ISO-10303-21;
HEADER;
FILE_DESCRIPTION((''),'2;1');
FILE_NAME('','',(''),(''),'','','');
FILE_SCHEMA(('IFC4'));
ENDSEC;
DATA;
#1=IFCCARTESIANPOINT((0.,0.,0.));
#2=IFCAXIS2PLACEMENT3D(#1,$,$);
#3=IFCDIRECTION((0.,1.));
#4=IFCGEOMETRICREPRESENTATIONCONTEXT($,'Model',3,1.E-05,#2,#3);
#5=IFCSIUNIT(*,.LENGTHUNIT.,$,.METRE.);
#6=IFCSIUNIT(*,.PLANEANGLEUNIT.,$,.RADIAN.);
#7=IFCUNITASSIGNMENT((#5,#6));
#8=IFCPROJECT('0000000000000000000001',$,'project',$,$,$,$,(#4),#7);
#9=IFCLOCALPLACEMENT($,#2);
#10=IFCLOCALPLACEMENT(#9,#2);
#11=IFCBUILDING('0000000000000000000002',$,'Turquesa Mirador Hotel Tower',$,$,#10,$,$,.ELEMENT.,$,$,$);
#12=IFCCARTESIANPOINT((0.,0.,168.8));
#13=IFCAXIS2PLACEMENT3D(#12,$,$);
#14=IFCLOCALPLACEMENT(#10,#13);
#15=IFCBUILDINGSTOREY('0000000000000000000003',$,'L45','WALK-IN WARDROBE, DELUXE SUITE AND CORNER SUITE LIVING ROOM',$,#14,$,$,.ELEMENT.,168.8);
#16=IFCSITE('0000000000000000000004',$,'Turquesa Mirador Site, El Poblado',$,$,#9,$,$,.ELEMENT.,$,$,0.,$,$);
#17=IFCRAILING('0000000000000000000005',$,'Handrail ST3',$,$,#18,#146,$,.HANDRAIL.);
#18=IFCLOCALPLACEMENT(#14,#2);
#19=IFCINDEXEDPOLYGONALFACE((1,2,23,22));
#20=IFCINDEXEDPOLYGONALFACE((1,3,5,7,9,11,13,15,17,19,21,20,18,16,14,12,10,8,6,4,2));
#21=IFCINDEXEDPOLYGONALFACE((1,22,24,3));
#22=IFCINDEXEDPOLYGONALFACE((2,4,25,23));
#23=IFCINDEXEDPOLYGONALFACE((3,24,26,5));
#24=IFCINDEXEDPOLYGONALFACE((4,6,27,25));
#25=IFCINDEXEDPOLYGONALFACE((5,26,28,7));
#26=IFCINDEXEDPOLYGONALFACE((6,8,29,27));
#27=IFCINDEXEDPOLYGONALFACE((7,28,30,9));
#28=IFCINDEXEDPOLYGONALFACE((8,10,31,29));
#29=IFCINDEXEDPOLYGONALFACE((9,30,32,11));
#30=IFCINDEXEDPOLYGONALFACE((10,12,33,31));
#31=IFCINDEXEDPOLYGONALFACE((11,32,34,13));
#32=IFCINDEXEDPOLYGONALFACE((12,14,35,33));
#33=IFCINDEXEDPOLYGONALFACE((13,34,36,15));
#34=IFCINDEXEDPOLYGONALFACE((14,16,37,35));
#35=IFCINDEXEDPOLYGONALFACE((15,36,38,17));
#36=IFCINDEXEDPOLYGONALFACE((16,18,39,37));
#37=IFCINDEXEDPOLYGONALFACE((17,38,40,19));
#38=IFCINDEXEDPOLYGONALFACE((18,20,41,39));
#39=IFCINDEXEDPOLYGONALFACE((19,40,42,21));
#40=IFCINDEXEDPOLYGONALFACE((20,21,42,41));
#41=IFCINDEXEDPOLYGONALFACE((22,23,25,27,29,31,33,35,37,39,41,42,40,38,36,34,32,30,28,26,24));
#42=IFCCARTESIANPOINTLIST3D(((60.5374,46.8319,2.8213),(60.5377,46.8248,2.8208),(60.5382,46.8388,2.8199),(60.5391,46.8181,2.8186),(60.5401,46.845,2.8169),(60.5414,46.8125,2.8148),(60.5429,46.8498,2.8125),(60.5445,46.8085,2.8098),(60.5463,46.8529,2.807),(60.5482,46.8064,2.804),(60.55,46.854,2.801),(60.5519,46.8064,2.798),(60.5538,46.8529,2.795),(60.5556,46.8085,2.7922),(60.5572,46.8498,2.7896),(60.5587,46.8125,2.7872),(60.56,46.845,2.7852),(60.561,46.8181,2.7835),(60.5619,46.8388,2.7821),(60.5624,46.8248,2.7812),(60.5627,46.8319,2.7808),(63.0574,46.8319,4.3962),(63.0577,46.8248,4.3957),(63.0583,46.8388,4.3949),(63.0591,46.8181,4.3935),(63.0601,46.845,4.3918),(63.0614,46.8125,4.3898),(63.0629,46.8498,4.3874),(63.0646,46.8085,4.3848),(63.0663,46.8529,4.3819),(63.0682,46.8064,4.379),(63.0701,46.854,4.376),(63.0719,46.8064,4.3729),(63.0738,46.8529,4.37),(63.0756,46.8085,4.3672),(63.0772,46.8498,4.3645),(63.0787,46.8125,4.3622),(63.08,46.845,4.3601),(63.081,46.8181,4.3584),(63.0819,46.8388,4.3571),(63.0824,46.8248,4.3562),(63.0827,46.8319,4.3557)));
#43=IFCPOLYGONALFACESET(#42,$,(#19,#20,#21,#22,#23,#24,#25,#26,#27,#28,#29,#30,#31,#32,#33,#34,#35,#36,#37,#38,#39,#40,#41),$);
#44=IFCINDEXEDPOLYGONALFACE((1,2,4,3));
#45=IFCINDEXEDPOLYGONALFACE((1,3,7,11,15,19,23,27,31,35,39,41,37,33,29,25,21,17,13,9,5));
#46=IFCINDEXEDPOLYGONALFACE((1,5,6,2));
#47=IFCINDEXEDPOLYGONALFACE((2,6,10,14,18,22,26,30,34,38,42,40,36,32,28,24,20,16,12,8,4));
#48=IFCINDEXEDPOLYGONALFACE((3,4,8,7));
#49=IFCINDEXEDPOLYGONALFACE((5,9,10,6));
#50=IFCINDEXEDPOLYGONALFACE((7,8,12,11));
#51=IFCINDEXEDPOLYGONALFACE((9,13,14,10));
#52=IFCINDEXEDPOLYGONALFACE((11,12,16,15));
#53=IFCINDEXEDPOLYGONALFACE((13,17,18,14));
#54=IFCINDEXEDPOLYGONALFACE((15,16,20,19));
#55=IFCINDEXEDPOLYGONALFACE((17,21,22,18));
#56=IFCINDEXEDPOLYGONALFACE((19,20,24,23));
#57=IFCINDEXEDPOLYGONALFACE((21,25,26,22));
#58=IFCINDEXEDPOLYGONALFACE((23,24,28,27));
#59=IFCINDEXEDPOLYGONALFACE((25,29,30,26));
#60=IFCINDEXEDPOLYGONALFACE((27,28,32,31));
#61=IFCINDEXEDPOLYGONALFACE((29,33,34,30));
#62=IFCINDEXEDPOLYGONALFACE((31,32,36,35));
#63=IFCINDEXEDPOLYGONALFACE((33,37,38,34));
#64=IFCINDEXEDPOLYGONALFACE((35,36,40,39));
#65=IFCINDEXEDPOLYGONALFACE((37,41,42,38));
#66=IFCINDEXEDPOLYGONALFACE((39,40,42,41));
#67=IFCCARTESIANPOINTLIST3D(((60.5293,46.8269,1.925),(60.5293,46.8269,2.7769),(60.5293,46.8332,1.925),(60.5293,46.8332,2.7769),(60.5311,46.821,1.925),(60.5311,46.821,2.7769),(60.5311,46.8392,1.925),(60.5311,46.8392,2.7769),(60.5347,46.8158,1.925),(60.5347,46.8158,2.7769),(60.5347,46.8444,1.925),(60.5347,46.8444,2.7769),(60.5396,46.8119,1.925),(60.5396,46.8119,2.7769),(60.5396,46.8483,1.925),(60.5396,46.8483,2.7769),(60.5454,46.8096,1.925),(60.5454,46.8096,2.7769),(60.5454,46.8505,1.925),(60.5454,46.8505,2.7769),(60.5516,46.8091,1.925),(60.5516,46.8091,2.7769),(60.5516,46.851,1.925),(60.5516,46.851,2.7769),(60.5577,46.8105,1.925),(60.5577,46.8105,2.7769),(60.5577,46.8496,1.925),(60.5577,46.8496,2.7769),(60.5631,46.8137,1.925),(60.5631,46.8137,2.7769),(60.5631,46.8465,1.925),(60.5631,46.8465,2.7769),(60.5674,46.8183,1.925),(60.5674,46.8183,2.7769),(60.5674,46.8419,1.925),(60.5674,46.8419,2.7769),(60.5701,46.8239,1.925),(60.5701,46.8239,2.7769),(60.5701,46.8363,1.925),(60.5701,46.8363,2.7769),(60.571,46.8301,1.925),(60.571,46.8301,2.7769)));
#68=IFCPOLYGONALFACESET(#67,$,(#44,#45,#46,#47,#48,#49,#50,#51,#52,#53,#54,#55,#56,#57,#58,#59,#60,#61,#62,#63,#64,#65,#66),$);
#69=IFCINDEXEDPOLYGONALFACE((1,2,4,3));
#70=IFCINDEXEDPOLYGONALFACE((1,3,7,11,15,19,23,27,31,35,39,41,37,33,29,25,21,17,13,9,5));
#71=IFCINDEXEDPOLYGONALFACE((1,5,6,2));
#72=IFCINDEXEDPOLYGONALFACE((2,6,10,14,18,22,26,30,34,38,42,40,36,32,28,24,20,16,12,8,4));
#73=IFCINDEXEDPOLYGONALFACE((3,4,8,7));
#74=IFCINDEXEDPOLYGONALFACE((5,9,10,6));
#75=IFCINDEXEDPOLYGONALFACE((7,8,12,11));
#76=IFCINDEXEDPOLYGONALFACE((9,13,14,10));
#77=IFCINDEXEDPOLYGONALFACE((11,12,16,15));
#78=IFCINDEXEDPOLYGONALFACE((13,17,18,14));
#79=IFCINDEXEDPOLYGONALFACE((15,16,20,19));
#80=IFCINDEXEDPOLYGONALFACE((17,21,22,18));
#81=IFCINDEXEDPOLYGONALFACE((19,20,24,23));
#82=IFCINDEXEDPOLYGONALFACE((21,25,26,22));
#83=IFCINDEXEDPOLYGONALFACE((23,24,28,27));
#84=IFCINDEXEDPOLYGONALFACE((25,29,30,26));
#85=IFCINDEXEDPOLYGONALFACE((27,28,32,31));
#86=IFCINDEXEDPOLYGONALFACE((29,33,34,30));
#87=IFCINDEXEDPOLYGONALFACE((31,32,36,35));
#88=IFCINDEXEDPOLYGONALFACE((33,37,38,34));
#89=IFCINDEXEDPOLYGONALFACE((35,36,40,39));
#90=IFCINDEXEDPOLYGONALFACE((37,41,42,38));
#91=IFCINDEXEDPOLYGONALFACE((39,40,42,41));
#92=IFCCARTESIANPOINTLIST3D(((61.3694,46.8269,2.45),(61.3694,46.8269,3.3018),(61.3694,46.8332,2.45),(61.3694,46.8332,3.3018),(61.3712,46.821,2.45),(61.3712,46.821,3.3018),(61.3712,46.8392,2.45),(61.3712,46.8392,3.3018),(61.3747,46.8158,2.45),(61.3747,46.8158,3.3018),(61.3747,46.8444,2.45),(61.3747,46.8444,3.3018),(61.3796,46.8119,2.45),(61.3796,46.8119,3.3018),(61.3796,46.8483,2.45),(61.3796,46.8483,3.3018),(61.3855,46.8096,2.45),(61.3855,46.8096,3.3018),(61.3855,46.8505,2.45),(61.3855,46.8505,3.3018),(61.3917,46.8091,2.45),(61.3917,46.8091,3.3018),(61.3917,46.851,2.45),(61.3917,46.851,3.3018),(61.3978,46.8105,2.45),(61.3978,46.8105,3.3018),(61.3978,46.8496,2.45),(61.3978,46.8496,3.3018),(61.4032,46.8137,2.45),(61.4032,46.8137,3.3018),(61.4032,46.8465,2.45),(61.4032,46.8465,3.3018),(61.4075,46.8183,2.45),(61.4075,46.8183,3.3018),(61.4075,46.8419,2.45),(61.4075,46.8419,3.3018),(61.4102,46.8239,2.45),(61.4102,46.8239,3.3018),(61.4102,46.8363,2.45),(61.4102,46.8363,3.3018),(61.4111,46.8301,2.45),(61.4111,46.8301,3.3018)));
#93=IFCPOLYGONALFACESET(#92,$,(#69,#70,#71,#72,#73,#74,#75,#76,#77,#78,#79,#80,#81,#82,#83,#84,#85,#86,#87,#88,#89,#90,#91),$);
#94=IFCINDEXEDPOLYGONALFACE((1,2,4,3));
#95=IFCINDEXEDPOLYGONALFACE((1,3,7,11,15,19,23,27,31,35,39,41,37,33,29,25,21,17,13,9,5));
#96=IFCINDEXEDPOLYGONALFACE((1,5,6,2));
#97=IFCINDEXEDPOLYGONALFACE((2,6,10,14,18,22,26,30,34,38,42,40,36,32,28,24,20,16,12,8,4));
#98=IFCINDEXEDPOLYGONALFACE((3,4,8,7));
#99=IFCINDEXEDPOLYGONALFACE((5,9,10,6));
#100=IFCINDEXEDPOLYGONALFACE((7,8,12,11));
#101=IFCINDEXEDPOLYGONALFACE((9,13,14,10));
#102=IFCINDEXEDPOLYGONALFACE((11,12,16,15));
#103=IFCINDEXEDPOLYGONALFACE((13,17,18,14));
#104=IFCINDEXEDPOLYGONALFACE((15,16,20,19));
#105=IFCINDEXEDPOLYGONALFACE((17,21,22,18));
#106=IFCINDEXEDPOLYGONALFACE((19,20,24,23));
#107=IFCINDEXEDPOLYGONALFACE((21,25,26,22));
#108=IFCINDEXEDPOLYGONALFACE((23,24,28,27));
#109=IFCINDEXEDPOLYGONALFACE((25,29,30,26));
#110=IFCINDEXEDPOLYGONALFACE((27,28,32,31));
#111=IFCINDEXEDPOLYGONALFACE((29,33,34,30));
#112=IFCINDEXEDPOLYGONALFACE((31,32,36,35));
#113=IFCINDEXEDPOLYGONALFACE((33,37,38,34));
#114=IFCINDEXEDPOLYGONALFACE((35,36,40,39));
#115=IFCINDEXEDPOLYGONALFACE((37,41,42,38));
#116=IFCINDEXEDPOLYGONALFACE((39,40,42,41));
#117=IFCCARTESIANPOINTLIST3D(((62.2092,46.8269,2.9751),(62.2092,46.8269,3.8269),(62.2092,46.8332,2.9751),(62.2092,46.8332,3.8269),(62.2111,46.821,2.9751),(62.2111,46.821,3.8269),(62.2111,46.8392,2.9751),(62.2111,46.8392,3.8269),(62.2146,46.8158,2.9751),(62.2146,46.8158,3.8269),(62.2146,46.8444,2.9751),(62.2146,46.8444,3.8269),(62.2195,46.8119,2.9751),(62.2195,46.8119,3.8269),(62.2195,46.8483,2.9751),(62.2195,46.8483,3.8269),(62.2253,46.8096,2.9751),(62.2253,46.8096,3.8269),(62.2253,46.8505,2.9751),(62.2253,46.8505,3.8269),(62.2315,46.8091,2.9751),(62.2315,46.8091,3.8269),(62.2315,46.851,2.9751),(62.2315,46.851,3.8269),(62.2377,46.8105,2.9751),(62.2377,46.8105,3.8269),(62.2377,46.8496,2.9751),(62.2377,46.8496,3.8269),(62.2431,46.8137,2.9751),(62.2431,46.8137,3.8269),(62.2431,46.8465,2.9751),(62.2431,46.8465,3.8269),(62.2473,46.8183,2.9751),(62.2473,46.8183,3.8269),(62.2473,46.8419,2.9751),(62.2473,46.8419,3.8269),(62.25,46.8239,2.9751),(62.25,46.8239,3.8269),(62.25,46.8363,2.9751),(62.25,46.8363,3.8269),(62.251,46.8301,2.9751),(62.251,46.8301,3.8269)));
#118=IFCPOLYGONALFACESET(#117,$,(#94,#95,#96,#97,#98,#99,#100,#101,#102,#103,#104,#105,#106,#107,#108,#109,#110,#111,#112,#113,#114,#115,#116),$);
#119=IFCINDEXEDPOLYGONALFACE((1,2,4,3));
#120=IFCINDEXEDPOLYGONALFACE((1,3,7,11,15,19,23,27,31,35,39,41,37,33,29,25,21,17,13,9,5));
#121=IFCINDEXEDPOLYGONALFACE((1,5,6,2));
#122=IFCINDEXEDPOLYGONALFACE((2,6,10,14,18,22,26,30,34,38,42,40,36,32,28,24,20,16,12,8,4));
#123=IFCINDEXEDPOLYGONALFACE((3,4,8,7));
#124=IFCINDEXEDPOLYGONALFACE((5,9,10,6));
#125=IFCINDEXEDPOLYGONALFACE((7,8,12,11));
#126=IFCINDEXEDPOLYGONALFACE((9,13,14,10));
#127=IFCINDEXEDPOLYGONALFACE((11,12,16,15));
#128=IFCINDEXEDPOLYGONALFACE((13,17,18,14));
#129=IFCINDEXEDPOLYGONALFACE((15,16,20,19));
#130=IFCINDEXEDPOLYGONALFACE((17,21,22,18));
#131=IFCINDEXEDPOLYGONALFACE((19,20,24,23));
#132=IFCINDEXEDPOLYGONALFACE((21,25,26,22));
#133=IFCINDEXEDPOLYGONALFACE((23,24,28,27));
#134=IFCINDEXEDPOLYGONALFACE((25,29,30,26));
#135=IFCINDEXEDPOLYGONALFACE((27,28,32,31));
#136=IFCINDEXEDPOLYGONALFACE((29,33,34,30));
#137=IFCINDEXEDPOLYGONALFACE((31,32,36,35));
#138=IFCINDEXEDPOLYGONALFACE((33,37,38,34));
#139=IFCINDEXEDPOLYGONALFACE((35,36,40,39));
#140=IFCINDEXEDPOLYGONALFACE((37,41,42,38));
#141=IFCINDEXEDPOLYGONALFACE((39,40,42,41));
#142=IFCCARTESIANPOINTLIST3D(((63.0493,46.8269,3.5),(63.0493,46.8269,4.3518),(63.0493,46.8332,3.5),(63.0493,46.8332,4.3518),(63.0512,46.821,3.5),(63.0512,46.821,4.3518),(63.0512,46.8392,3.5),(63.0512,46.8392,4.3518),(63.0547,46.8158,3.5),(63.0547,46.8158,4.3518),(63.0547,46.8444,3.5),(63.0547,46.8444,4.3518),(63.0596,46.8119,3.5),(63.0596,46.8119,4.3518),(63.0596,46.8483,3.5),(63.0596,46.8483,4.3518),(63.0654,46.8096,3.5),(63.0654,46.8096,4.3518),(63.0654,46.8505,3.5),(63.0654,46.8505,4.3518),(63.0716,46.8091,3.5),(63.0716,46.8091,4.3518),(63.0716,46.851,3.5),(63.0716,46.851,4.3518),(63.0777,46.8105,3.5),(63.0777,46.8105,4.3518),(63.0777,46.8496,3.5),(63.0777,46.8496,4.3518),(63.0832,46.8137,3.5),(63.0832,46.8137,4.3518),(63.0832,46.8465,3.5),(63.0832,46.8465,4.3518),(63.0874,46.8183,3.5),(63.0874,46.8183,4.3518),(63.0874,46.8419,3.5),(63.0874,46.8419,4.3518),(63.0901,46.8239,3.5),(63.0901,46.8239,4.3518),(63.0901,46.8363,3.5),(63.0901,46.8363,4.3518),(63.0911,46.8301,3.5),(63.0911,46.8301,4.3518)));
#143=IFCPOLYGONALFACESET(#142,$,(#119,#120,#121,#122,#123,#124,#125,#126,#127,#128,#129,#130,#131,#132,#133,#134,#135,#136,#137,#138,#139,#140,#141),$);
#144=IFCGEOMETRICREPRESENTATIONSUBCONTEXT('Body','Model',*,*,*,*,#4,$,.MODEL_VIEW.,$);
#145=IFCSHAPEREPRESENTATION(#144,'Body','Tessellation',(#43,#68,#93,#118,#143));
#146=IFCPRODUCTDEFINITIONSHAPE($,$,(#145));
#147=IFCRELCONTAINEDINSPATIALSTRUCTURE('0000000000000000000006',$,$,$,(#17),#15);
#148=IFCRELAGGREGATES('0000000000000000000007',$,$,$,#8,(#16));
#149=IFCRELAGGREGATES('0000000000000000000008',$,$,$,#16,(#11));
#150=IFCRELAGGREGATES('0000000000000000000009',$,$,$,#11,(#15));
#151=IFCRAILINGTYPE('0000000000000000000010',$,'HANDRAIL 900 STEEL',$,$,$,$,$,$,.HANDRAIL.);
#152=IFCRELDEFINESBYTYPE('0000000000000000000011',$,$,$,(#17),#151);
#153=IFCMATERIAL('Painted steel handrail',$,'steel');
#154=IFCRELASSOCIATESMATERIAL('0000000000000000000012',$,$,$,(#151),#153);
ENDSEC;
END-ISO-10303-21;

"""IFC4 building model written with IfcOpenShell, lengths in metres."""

from ifc_helpers import new_model, si_unit, direction, frame, origin, origin_2d, place, context, subcontext, project, spatial, circle, extrude, material, type_object, element, save


model = new_model("IFC4")

# Units and contexts
model_context = context("Model", 3, precision=1e-05, world=origin(), true_north=direction((0.0, 1.0)))
body_context = subcontext(model_context, "Body", "Model", "MODEL_VIEW")
ifc_project = project(units=[si_unit("LENGTHUNIT", "METRE"), si_unit("PLANEANGLEUNIT", "RADIAN")], contexts=[model_context])

# Site, building, storey
site_placement = place(None, origin())
site = spatial("IfcSite", under=ifc_project, at=site_placement, Name="Turquesa Mirador Site, El Poblado", CompositionType="ELEMENT", RefElevation=0.0)
building_placement = place(site_placement, origin())
building = spatial("IfcBuilding", under=site, at=building_placement, Name="Turquesa Mirador Hotel Tower", CompositionType="ELEMENT")
storey_placement = place(building_placement, frame((0.0, 0.0, 168.8)))
storey = spatial("IfcBuildingStorey", under=building, at=storey_placement, Name="L45", Description="WALK-IN WARDROBE, DELUXE SUITE AND CORNER SUITE LIVING ROOM", CompositionType="ELEMENT", Elevation=168.8)

# Railing
ifc_material_1 = material(Name="Painted steel handrail", Category="steel")
railing_type = type_object("IfcRailingType", Name="HANDRAIL 900 STEEL", PredefinedType="HANDRAIL", material=ifc_material_1)
railing_1_placement = place(storey_placement, frame((60.55, 46.8301, 1.925)))
element("IfcRailing", 1, at=railing_1_placement, inside=storey, type_object=railing_type, Name="Handrail ST3", PredefinedType="HANDRAIL", context=body_context, shape_type="SweptSolid", body=[
    extrude(circle(Radius=0.0239, at=origin_2d()), frame((0.0, 0.0, 0.876), z_axis=(0.848008, 0.0, 0.529984), x_axis=(0.0, 1.0, 0.0)), (0.0, 0.0, 1.0), 2.9717),
    extrude(circle(Radius=0.021, at=origin_2d()), origin(), (0.0, 0.0, 1.0), 0.8518),
    extrude(circle(Radius=0.021, at=origin_2d()), frame((0.8401, 0.0, 0.5249)), (0.0, 0.0, 1.0), 0.8518),
    extrude(circle(Radius=0.021, at=origin_2d()), frame((1.6799, 0.0, 1.05)), (0.0, 0.0, 1.0), 0.8518),
    extrude(circle(Radius=0.021, at=origin_2d()), frame((2.52, 0.0, 1.575)), (0.0, 0.0, 1.0), 0.8518),
])

save(model, "model.ifc")
